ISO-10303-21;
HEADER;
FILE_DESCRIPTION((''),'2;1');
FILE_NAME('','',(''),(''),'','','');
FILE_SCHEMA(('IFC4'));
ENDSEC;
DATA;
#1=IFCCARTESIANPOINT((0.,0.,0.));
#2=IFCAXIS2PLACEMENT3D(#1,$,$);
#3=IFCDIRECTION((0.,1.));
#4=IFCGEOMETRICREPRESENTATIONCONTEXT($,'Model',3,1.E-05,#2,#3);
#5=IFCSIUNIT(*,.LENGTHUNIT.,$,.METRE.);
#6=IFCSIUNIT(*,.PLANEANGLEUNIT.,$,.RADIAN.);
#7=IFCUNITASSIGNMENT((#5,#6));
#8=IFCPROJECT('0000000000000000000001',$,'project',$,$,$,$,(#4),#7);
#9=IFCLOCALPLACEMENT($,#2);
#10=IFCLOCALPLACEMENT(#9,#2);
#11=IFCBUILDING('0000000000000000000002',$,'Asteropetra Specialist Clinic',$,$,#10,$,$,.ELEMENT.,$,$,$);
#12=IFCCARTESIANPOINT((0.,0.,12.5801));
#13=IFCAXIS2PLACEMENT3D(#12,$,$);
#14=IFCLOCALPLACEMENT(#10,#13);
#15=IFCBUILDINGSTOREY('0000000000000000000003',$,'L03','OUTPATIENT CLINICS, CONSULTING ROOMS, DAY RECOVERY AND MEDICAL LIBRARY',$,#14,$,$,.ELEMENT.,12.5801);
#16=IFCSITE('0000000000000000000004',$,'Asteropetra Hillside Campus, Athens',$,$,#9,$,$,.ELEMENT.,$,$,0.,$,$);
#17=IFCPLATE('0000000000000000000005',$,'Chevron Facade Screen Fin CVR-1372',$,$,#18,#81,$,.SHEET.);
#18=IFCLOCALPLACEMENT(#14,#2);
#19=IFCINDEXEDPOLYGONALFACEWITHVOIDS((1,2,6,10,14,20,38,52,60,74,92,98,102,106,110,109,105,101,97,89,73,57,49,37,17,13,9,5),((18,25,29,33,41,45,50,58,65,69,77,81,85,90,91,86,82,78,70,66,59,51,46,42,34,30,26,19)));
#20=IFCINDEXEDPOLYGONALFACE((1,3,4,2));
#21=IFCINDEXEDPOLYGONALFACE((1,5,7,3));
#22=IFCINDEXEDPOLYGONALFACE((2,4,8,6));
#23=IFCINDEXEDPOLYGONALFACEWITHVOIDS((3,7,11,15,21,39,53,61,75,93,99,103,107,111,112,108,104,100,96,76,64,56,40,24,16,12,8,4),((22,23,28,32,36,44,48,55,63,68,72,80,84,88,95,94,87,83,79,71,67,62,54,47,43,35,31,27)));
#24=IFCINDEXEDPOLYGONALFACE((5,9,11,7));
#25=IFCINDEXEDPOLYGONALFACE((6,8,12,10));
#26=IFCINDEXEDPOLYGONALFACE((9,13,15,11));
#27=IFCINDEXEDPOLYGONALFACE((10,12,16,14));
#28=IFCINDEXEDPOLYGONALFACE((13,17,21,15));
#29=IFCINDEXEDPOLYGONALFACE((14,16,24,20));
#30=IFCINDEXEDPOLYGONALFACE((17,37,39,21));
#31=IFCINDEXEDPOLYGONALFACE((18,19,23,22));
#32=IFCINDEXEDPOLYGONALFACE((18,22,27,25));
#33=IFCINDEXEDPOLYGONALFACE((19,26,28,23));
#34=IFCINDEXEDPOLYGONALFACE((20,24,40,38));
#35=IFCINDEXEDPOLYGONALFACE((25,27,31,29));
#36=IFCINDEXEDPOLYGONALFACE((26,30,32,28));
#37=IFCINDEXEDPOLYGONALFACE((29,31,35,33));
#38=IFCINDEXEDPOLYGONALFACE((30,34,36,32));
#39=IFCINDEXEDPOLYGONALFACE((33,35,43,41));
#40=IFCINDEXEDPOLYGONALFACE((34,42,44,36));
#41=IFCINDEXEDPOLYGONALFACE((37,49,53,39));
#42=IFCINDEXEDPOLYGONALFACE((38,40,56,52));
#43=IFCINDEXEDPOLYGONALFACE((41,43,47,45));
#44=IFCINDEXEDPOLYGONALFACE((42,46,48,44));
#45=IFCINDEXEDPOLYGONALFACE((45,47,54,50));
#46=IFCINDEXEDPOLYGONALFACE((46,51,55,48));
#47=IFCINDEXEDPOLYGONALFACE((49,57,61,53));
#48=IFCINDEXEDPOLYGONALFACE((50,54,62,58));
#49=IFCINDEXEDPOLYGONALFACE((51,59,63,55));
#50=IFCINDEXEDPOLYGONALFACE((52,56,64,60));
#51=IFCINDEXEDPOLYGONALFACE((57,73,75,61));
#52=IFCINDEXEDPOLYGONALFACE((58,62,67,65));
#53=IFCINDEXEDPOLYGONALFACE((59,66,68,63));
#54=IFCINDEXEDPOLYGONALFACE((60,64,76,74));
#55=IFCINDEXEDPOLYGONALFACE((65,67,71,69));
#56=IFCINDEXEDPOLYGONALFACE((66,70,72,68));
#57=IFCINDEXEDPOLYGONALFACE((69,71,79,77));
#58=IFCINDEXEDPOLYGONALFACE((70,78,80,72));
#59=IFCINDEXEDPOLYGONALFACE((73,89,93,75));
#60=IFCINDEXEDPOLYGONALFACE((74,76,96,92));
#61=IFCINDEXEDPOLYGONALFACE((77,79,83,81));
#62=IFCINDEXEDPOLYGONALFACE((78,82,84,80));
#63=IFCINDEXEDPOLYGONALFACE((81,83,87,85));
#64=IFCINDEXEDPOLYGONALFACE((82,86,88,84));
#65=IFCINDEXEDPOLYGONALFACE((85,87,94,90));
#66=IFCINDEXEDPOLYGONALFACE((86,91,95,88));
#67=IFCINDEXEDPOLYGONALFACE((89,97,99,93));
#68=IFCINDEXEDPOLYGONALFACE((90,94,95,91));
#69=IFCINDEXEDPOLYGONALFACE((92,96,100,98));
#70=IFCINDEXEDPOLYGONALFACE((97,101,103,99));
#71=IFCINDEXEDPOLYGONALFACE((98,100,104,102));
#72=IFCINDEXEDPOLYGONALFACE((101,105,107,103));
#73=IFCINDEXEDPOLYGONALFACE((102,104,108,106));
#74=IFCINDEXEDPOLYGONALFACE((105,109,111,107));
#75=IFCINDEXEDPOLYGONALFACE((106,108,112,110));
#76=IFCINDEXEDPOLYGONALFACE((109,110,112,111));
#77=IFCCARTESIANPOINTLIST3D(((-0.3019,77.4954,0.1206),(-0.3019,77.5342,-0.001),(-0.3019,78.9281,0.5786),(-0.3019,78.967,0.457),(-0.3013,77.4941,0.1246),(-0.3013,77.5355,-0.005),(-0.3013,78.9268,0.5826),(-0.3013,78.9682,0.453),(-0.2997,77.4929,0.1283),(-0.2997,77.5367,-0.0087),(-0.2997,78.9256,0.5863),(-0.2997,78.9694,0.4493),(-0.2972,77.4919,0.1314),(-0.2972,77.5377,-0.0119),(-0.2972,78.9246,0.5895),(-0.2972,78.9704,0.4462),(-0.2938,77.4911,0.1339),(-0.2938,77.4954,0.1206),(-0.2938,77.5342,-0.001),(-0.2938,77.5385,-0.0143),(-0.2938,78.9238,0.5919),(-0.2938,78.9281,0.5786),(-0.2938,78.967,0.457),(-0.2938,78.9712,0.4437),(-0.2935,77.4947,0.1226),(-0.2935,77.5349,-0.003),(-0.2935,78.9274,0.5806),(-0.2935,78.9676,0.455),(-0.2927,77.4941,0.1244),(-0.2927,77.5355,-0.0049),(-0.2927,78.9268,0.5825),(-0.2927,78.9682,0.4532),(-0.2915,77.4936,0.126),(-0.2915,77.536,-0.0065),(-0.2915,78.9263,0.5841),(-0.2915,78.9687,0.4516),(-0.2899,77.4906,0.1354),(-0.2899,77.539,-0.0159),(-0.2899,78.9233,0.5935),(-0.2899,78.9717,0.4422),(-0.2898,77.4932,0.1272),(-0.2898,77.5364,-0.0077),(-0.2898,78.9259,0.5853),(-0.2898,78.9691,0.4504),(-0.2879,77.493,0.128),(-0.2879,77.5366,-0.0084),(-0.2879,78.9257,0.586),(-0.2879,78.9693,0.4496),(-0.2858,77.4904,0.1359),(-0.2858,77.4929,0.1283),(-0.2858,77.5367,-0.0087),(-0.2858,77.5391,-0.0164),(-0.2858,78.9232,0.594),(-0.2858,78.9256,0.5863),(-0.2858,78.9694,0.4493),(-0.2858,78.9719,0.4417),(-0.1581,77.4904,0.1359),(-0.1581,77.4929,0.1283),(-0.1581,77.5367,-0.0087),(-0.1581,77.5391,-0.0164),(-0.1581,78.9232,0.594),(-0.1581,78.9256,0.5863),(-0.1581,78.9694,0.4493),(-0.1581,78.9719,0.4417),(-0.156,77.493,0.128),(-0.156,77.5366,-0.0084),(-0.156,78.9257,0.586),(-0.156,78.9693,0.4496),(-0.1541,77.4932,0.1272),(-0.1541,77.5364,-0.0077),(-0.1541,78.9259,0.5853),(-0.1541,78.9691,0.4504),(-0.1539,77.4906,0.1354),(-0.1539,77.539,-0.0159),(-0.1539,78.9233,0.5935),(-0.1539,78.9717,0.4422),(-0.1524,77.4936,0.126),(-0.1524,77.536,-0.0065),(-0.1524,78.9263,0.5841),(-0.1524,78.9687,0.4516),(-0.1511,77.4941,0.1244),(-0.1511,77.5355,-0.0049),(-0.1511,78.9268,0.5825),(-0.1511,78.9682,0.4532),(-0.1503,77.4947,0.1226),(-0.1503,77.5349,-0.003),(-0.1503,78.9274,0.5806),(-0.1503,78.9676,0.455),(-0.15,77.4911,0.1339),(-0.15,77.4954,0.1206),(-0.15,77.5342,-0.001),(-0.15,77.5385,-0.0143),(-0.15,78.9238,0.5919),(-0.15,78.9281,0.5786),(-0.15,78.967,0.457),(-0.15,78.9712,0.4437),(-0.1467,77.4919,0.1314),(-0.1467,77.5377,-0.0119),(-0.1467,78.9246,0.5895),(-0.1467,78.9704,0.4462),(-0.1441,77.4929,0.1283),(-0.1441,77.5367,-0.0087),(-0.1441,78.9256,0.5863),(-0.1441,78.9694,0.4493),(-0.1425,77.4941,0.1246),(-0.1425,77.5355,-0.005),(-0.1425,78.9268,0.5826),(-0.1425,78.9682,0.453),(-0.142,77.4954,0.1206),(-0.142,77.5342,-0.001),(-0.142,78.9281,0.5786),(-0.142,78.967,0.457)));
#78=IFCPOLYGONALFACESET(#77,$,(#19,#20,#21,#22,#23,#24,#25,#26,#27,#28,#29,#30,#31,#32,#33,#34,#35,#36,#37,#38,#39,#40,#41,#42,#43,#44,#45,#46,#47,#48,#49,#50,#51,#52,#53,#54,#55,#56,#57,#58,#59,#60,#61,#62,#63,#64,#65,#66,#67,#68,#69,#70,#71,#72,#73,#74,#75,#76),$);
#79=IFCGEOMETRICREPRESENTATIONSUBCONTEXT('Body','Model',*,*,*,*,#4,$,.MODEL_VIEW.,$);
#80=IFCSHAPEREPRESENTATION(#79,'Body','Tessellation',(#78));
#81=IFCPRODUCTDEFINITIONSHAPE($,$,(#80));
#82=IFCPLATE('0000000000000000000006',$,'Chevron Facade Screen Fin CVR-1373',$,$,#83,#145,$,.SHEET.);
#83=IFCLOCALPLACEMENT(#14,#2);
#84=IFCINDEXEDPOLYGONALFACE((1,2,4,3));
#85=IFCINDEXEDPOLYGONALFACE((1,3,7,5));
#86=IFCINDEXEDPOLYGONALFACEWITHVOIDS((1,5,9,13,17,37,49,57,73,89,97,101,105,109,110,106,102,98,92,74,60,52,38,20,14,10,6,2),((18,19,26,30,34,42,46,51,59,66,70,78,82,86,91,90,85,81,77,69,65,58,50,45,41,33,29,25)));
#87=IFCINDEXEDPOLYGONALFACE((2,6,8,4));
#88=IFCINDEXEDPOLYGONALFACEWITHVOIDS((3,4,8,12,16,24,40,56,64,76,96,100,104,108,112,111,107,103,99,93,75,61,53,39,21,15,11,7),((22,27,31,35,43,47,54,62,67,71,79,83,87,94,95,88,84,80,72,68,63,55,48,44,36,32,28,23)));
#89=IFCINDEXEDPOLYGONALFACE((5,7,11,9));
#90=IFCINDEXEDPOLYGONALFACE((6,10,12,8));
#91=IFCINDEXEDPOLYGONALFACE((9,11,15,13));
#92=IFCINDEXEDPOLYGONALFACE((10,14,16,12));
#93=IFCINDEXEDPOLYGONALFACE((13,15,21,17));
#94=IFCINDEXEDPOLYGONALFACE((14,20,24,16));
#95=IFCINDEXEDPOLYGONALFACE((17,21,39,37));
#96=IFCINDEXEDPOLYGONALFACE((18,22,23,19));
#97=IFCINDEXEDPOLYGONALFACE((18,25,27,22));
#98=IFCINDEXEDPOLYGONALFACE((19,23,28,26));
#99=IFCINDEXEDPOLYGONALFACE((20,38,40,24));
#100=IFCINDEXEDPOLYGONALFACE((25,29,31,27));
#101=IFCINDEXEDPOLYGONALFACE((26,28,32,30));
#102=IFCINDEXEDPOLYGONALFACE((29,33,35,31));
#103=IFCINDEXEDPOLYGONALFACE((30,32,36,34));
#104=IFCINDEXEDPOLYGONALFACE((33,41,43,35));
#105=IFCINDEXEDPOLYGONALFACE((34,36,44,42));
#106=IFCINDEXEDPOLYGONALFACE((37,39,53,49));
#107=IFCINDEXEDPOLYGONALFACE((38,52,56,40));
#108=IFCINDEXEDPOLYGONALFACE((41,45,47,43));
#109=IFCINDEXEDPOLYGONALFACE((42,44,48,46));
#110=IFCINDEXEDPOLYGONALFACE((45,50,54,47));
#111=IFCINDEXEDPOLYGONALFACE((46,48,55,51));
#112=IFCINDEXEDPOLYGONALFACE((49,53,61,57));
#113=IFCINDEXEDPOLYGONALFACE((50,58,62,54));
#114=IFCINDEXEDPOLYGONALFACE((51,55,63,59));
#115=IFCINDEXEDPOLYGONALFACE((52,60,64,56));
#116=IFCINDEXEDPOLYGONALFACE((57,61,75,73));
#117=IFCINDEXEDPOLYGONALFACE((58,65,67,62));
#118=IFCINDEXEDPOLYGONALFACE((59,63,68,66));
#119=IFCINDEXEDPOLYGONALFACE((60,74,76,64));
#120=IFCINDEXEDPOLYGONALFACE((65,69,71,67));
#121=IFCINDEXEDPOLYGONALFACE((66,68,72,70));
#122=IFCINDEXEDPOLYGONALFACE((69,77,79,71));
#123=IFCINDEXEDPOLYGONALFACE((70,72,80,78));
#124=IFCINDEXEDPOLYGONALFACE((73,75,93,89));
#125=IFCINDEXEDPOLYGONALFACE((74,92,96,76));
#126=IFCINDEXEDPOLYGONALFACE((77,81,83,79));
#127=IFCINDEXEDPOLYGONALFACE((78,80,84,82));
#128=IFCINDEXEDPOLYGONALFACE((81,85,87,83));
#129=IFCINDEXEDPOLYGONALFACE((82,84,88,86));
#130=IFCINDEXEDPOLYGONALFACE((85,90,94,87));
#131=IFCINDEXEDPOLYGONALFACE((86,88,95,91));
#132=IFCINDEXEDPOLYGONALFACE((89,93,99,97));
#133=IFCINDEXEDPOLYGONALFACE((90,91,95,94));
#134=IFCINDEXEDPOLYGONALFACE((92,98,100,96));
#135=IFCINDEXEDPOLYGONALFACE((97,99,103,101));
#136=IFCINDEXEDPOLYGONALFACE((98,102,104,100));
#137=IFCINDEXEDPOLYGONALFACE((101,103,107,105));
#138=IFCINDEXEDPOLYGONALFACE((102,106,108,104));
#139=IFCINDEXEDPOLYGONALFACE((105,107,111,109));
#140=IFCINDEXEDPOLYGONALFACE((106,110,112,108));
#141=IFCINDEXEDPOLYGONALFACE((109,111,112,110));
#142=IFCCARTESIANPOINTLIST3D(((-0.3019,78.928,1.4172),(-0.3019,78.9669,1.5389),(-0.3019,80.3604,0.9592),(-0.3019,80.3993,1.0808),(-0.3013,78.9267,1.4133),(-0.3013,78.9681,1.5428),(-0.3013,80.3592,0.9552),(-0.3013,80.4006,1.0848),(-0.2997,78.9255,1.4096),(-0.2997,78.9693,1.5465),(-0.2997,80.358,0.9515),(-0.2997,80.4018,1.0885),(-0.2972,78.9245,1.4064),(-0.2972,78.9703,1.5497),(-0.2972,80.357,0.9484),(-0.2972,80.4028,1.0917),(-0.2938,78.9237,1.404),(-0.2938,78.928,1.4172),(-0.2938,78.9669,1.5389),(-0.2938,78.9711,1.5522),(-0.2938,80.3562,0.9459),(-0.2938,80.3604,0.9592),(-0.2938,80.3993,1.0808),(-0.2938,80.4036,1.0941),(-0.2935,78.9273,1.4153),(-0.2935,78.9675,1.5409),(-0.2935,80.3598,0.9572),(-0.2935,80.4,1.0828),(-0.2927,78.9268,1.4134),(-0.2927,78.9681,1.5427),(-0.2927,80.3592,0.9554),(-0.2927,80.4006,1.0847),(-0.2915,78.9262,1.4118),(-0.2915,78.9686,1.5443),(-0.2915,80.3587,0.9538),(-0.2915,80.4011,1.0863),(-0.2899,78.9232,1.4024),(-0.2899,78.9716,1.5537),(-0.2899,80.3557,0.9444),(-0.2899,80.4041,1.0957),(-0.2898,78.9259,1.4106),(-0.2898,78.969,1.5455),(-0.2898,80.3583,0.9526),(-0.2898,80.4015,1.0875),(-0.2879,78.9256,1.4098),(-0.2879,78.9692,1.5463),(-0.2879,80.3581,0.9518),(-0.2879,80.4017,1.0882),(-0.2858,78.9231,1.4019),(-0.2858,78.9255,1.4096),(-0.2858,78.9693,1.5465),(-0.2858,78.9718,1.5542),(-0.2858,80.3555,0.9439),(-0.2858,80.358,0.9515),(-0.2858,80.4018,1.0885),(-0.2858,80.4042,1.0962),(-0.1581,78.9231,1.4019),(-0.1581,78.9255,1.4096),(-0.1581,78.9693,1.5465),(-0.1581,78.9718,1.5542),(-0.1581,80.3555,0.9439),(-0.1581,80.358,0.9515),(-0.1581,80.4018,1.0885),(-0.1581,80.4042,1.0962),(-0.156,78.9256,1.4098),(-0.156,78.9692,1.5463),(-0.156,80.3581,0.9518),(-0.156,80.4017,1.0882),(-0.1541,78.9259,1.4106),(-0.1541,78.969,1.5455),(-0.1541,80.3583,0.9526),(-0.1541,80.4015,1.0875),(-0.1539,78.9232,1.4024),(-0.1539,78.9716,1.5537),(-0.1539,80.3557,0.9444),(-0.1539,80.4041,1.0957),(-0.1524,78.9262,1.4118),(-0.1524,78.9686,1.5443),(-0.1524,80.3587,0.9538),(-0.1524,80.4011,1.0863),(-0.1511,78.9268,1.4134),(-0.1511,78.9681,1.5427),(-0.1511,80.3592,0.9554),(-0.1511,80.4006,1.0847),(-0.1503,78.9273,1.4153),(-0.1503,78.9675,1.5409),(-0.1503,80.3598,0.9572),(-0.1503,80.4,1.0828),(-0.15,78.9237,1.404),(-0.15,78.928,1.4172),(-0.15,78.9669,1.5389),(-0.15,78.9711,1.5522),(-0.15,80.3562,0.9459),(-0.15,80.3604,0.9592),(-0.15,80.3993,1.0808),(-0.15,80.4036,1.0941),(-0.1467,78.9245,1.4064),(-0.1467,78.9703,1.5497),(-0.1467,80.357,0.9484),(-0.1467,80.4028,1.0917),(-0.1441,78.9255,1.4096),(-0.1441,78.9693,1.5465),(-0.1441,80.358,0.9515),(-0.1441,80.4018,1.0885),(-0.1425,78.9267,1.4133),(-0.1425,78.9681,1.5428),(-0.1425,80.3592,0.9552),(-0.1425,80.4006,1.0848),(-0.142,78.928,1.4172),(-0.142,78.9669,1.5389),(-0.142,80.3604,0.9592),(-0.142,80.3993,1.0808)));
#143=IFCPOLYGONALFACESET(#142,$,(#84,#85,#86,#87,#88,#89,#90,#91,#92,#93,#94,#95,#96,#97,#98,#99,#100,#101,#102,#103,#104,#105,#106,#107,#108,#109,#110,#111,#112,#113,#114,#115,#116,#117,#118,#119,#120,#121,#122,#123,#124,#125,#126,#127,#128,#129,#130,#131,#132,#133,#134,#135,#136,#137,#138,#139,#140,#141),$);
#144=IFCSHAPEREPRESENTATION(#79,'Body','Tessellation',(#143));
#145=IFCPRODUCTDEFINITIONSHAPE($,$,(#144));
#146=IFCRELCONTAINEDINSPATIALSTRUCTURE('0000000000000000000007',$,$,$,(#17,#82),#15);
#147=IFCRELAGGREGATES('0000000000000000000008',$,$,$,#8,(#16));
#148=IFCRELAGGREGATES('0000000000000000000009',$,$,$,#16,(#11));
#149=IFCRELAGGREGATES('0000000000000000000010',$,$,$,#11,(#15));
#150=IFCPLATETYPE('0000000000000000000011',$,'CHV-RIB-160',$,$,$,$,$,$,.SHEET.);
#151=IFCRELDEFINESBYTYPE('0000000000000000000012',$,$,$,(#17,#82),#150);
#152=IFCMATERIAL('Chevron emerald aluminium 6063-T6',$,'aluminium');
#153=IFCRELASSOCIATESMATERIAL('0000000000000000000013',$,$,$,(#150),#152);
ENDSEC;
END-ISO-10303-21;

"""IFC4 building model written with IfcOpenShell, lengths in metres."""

from ifc_helpers import new_model, si_unit, direction, frame, origin, origin_2d, place, context, subcontext, project, spatial, hollow_rectangle, extrude, material, material_profile, profile_set, type_object, element, save


model = new_model("IFC4")

# Units and contexts
model_context = context("Model", 3, precision=1e-05, world=origin(), true_north=direction((0.0, 1.0)))
body_context = subcontext(model_context, "Body", "Model", "MODEL_VIEW")
ifc_project = project(units=[si_unit("LENGTHUNIT", "METRE"), si_unit("PLANEANGLEUNIT", "RADIAN")], contexts=[model_context])

# Site, building, storey
site_placement = place(None, origin())
site = spatial("IfcSite", under=ifc_project, at=site_placement, Name="Asteropetra Hillside Campus, Athens", CompositionType="ELEMENT", RefElevation=0.0)
building_placement = place(site_placement, origin())
building = spatial("IfcBuilding", under=site, at=building_placement, Name="Asteropetra Specialist Clinic", CompositionType="ELEMENT")
storey_placement = place(building_placement, frame((0.0, 0.0, 12.5801)))
storey = spatial("IfcBuildingStorey", under=building, at=storey_placement, Name="L03", Description="OUTPATIENT CLINICS, CONSULTING ROOMS, DAY RECOVERY AND MEDICAL LIBRARY", CompositionType="ELEMENT", Elevation=12.5801)

# Plates
ifc_material_1 = material(Name="Chevron emerald aluminium 6063-T6", Category="aluminium")
ifc_material_profile_1 = material_profile(ifc_material_1, hollow_rectangle(XDim=0.1599, YDim=0.1599, WallThickness=0.0081, InnerFilletRadius=0.0081, OuterFilletRadius=0.0161, at=origin_2d()), Name="SHS 160x160x8.0")
ifc_profile_set_1 = profile_set([ifc_material_profile_1], Name="Chevron emerald aluminium 6063-T6")
plate_type_1 = type_object("IfcPlateType", Name="CHV-RIB-160", PredefinedType="SHEET", material=ifc_profile_set_1)
plate_1_placement = place(storey_placement, frame((-0.2219, 78.9475, 0.5178), z_axis=(0.0, -0.952507, -0.304517), x_axis=(1.0, 0.0, 0.0)))
element("IfcPlate", 1, at=plate_1_placement, inside=storey, type_object=plate_type_1, Name="Chevron Facade Screen Fin CVR-1372", PredefinedType="SHEET", context=body_context, shape_type="SweptSolid", body=[
    extrude(hollow_rectangle(XDim=0.1599, YDim=0.1599, WallThickness=0.0081, InnerFilletRadius=0.0081, OuterFilletRadius=0.0161, at=origin_2d()), origin(), (0.0, 0.0, 1.0), 1.5042),
])
plate_2_placement = place(storey_placement, frame((-0.2219, 80.3799, 1.02), z_axis=(0.0, -0.952492, 0.304564), x_axis=(1.0, 0.0, 0.0)))
element("IfcPlate", 2, at=plate_2_placement, inside=storey, type_object=plate_type_1, Name="Chevron Facade Screen Fin CVR-1373", PredefinedType="SHEET", context=body_context, shape_type="SweptSolid", body=[
    extrude(hollow_rectangle(XDim=0.1599, YDim=0.1599, WallThickness=0.0081, InnerFilletRadius=0.0081, OuterFilletRadius=0.0161, at=origin_2d()), origin(), (0.0, 0.0, 1.0), 1.5039),
])

save(model, "model.ifc")
